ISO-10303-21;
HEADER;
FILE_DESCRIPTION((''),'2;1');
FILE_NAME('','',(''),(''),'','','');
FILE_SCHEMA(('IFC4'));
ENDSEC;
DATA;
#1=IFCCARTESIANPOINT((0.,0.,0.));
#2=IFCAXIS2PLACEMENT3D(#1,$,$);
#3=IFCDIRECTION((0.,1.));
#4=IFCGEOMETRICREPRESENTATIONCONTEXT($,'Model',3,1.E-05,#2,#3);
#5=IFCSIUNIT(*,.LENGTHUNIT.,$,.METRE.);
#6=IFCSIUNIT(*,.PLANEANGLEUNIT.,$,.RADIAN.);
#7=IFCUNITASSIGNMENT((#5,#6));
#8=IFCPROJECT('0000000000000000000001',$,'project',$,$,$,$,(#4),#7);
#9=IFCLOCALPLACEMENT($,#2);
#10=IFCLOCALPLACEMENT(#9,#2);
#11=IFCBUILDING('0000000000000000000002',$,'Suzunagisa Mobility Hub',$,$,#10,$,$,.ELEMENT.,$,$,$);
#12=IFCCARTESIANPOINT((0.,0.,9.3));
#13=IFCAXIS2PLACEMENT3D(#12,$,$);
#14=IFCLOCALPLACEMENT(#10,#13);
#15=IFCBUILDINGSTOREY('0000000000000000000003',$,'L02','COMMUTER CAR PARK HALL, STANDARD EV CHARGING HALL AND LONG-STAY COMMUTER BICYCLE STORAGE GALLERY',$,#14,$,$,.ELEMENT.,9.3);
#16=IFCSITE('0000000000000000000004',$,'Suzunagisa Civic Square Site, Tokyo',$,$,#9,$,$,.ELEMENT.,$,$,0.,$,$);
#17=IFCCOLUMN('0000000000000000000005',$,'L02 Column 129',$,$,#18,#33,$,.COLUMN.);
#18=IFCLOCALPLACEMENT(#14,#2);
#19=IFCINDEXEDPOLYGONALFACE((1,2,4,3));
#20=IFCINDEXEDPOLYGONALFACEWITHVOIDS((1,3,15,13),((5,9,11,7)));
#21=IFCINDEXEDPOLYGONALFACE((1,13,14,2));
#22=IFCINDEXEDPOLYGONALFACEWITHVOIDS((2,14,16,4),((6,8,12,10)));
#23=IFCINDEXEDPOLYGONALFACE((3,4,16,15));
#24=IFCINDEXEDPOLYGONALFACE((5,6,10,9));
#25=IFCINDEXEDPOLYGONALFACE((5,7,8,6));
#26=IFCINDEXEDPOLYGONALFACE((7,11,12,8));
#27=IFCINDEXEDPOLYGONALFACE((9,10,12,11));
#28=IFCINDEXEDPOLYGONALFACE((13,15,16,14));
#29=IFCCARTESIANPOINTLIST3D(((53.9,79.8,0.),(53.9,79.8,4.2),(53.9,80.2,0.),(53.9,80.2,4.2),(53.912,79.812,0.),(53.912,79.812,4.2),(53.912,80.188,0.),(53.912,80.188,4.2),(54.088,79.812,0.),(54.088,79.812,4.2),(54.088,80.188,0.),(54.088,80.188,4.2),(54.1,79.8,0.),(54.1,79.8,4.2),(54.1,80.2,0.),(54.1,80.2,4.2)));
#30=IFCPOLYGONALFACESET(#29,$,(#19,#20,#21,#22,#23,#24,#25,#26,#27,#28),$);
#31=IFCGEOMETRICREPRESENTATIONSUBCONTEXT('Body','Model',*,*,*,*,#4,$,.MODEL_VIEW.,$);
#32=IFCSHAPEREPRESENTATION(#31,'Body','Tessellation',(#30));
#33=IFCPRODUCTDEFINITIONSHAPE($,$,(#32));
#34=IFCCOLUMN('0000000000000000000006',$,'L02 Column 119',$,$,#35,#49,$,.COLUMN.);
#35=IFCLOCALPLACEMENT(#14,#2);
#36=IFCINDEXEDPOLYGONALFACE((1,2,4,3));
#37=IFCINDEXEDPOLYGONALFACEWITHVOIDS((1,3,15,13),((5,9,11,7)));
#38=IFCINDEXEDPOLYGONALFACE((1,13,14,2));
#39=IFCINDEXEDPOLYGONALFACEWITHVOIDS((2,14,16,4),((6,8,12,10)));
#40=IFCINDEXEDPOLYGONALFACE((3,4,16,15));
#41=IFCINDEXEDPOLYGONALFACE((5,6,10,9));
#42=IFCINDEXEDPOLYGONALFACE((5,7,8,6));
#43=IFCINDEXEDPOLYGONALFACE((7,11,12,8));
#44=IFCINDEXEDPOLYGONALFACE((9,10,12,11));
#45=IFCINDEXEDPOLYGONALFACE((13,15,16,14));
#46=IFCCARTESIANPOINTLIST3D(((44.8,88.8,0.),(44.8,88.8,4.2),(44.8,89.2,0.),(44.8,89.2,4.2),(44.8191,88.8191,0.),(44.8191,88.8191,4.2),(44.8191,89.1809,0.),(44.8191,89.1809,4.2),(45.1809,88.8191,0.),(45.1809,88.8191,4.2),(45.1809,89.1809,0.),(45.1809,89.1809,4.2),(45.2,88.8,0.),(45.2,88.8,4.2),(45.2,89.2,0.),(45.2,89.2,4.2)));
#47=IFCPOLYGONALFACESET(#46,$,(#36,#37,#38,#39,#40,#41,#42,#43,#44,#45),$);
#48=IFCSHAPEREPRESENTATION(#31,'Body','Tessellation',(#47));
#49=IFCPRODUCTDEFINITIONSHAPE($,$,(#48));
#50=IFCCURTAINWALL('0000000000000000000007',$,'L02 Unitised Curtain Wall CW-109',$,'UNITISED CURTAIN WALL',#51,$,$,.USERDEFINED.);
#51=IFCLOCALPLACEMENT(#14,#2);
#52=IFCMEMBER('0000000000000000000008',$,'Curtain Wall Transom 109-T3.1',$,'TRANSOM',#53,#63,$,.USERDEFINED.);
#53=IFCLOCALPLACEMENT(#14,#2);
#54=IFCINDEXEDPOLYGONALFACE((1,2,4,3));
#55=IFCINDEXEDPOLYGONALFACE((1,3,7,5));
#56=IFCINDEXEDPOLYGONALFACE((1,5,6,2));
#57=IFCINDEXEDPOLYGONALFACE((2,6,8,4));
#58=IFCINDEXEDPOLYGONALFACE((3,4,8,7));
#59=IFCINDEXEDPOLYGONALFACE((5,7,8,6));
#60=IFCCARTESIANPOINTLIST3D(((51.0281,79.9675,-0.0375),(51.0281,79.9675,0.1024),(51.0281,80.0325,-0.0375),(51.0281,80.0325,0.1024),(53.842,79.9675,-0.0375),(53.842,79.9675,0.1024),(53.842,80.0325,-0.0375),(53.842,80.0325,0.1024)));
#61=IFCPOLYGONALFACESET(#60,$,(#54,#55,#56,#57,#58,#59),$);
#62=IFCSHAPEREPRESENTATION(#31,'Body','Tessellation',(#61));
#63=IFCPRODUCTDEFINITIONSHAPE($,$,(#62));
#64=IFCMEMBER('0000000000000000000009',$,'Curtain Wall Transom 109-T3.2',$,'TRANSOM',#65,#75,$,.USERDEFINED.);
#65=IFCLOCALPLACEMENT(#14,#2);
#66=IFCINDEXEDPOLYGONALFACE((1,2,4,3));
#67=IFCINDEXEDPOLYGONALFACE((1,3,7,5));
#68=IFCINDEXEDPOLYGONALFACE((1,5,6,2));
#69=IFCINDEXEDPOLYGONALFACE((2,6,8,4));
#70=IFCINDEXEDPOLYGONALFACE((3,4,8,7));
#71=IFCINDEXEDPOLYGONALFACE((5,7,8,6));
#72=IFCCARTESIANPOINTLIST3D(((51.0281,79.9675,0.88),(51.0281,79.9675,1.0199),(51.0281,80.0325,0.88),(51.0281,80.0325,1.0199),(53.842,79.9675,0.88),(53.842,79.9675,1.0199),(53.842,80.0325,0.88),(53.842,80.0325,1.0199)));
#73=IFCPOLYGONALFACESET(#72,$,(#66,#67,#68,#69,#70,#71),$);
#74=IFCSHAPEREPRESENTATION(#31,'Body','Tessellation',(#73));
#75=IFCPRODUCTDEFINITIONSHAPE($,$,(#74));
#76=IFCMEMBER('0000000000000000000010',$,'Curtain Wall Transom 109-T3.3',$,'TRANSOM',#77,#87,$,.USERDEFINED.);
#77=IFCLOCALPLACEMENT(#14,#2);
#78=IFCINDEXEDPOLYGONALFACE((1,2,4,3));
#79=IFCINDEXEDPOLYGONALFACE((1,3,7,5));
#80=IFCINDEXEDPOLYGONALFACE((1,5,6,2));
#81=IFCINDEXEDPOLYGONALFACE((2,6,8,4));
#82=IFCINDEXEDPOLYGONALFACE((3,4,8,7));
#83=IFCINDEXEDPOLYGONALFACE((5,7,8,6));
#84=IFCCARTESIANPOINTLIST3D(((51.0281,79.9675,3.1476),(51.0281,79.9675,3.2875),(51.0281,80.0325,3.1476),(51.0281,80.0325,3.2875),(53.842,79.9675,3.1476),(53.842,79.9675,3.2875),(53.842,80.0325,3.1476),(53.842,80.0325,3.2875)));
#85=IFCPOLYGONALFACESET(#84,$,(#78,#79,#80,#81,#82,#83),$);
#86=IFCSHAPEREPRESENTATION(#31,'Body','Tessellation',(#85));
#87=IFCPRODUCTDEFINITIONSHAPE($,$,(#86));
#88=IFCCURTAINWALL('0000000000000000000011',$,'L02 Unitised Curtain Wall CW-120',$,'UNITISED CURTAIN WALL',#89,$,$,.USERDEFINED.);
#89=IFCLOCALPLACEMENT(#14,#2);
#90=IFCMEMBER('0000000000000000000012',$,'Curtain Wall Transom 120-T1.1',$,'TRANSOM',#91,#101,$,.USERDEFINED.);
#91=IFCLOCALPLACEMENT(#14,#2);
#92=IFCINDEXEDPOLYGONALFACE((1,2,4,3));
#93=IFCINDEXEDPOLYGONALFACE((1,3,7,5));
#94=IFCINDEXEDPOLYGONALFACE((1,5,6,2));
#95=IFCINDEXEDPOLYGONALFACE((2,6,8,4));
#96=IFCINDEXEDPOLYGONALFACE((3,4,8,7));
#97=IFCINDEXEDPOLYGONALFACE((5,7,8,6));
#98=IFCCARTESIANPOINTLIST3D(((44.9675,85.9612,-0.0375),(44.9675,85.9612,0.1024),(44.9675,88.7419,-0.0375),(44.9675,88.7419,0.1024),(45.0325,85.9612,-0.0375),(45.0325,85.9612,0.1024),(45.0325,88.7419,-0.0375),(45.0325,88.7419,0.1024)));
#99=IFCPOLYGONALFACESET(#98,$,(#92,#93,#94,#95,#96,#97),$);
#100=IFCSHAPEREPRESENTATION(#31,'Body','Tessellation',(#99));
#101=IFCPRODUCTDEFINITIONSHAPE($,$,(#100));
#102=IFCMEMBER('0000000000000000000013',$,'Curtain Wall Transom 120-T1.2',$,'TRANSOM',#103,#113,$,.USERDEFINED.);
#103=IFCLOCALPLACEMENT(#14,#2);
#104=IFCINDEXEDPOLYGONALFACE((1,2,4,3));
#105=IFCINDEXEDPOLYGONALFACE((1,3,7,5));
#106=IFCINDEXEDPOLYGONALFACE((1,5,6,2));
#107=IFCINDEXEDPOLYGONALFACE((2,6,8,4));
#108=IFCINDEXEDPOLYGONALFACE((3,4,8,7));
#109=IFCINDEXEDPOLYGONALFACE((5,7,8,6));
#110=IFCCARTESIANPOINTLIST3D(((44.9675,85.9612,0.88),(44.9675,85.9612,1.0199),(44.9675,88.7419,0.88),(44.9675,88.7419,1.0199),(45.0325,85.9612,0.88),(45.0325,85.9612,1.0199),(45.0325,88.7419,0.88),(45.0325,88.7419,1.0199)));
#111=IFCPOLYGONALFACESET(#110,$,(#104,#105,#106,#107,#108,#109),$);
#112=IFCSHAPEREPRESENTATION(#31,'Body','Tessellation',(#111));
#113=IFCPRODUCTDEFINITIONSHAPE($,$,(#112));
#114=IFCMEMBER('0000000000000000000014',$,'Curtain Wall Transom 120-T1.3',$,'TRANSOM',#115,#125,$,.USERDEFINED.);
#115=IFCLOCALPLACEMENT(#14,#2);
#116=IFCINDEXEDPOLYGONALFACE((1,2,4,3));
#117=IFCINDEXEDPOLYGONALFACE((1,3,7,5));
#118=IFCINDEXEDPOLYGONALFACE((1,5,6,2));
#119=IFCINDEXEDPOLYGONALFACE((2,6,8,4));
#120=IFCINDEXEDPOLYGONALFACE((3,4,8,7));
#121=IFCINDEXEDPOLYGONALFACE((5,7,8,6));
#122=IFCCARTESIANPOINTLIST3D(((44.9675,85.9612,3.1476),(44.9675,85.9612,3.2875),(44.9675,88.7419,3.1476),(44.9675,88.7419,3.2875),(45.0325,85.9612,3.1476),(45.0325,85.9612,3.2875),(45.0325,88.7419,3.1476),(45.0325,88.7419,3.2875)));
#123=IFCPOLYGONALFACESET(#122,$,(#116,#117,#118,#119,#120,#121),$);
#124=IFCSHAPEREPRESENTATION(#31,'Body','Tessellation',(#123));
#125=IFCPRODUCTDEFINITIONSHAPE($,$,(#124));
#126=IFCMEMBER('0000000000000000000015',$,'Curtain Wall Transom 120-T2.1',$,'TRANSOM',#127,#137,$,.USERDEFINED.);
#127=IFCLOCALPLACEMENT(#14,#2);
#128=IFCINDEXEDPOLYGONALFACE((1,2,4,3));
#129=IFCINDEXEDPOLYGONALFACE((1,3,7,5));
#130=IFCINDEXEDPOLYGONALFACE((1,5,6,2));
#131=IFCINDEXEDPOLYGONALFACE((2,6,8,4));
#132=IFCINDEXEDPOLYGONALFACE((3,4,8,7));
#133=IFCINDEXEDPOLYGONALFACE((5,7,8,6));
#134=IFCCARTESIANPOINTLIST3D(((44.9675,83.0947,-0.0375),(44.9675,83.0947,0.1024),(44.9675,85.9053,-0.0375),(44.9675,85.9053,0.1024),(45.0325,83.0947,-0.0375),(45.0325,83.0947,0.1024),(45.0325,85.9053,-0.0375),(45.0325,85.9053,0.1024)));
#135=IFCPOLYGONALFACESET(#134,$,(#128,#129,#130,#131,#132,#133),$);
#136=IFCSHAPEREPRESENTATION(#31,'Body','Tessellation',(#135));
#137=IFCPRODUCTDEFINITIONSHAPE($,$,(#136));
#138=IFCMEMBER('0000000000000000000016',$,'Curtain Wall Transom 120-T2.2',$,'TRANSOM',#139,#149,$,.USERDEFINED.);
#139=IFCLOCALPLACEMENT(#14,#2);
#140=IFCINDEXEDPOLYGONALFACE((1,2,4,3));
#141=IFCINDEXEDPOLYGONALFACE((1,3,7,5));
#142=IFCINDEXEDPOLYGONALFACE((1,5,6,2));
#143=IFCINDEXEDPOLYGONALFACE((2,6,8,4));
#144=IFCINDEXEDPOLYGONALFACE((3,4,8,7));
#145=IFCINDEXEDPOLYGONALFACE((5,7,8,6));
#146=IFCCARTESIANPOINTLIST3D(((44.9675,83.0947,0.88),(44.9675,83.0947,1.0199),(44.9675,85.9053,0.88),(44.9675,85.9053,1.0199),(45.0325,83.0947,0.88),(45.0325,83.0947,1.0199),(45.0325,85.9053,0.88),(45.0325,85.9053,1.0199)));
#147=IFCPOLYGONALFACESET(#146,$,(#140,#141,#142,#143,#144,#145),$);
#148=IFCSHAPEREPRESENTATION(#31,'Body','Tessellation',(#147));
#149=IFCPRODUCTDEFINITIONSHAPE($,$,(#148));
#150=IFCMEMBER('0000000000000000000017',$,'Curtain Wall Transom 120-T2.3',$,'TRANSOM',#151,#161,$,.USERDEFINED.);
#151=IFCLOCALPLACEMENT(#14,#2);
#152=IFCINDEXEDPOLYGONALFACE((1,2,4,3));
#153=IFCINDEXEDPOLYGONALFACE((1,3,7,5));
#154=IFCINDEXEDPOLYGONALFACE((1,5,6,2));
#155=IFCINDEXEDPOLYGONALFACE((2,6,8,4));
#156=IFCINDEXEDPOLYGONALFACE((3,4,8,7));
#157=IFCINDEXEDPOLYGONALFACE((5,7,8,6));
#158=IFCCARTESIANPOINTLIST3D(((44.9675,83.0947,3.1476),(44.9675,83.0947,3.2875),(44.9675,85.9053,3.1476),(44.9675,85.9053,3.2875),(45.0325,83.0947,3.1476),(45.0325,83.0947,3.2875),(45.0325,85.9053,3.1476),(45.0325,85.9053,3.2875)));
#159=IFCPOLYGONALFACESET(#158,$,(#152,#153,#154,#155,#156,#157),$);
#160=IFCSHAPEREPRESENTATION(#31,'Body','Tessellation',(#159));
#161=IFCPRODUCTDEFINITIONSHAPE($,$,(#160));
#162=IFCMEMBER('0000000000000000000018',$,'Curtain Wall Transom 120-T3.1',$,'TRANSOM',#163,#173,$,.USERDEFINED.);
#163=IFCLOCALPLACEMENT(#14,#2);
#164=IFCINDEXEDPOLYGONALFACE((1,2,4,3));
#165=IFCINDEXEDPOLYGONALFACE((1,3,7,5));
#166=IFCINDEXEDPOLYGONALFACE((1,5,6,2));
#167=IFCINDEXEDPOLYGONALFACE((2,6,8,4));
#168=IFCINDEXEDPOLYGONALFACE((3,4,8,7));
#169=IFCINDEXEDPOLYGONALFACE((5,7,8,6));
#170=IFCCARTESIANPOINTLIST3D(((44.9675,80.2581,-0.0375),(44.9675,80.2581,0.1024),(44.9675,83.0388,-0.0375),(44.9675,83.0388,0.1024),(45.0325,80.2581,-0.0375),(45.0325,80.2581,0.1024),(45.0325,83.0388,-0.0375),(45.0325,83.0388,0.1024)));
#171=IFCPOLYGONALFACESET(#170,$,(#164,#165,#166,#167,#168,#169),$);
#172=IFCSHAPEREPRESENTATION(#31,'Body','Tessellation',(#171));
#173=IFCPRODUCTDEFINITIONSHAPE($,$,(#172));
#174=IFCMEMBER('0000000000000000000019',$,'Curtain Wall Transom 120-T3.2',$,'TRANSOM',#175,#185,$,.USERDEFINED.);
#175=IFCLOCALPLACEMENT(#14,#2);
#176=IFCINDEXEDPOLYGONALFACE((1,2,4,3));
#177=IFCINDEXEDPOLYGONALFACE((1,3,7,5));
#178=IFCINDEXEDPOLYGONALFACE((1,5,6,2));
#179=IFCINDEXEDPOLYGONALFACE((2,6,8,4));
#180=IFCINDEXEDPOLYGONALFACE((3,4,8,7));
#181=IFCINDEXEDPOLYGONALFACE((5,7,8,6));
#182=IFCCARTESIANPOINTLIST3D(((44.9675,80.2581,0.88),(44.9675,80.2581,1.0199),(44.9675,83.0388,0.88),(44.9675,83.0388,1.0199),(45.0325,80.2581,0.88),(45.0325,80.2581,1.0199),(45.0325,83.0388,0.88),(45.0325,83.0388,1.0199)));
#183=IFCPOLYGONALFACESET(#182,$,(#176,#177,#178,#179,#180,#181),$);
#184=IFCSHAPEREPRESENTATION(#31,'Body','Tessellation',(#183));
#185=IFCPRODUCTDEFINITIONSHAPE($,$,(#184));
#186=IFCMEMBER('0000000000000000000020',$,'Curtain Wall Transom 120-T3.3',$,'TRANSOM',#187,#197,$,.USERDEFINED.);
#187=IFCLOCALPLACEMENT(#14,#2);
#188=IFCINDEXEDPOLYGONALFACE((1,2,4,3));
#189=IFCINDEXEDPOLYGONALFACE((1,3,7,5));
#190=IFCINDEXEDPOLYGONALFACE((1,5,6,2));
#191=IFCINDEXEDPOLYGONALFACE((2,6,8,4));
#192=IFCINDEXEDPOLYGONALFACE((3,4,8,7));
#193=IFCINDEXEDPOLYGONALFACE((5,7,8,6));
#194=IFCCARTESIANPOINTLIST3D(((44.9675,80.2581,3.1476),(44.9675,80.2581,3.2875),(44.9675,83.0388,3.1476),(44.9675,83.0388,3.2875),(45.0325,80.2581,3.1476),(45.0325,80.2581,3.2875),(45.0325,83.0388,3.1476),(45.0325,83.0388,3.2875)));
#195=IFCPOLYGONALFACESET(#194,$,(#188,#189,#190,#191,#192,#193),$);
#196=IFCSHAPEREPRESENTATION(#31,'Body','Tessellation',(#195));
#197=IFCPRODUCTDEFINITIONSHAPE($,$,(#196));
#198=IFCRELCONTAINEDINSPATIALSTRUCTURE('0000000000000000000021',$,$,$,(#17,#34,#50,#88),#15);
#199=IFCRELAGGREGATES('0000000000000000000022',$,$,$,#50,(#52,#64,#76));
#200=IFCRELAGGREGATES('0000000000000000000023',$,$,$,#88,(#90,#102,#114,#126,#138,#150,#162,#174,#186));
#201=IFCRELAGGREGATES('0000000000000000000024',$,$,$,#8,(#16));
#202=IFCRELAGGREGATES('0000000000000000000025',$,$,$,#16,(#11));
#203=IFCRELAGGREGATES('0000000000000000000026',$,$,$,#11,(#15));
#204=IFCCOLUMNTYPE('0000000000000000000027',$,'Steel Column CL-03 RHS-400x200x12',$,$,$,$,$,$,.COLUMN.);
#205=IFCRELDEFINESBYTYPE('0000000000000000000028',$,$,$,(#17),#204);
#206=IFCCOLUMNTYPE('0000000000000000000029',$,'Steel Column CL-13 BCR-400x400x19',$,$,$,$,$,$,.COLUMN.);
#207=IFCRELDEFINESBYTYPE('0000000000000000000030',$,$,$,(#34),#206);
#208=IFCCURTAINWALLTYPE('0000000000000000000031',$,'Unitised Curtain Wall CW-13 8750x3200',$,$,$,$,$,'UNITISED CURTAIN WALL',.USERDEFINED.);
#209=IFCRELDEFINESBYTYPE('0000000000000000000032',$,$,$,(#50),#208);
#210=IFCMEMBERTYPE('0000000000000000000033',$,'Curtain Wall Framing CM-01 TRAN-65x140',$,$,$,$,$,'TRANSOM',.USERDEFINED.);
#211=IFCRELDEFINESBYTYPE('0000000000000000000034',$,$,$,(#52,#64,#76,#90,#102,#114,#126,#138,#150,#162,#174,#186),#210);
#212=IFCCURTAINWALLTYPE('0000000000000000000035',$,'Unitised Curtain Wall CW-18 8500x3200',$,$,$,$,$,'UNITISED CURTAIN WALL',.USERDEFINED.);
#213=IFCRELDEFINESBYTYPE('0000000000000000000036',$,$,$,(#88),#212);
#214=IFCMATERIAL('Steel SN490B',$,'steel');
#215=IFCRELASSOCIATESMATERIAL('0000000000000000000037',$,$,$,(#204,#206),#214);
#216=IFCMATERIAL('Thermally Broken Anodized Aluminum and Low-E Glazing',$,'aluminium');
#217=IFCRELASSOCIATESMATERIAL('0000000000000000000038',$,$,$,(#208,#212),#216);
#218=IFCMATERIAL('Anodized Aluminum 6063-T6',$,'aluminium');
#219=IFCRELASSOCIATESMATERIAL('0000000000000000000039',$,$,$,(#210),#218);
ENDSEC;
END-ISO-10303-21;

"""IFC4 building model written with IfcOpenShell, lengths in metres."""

from ifc_helpers import new_model, si_unit, direction, frame, origin, origin_2d, place, context, subcontext, project, spatial, rectangle, hollow_rectangle, extrude, material, material_profile, profile_set, type_object, element, aggregate, save


model = new_model("IFC4")

# Units and contexts
model_context = context("Model", 3, precision=1e-05, world=origin(), true_north=direction((0.0, 1.0)))
body_context = subcontext(model_context, "Body", "Model", "MODEL_VIEW")
ifc_project = project(units=[si_unit("LENGTHUNIT", "METRE"), si_unit("PLANEANGLEUNIT", "RADIAN")], contexts=[model_context])

# Site, building, storey
site_placement = place(None, origin())
site = spatial("IfcSite", under=ifc_project, at=site_placement, Name="Suzunagisa Civic Square Site, Tokyo", CompositionType="ELEMENT", RefElevation=0.0)
building_placement = place(site_placement, origin())
building = spatial("IfcBuilding", under=site, at=building_placement, Name="Suzunagisa Mobility Hub", CompositionType="ELEMENT")
storey_placement = place(building_placement, frame((0.0, 0.0, 9.3)))
storey = spatial("IfcBuildingStorey", under=building, at=storey_placement, Name="L02", Description="COMMUTER CAR PARK HALL, STANDARD EV CHARGING HALL AND LONG-STAY COMMUTER BICYCLE STORAGE GALLERY", CompositionType="ELEMENT", Elevation=9.3)

# Columns
ifc_material_1 = material(Name="Steel SN490B", Category="steel")
ifc_material_profile_1 = material_profile(ifc_material_1, hollow_rectangle(XDim=0.2, YDim=0.3999, WallThickness=0.012, at=origin_2d()), Name="RHS-400x200x12")
ifc_profile_set_1 = profile_set([ifc_material_profile_1], Name="Steel SN490B")
column_type_1 = type_object("IfcColumnType", Name="Steel Column CL-03 RHS-400x200x12", PredefinedType="COLUMN", material=ifc_profile_set_1)
column_1_placement = place(storey_placement, frame((54.0, 80.0, 0.0), z_axis=(0.0, 0.0, 1.0), x_axis=(1.0, 0.0, 0.0)))
element("IfcColumn", 1, at=column_1_placement, inside=storey, type_object=column_type_1, Name="L02 Column 129", PredefinedType="COLUMN", context=body_context, shape_type="SweptSolid", body=[
    extrude(hollow_rectangle(XDim=0.2, YDim=0.3999, WallThickness=0.012, at=origin_2d()), origin(), (0.0, 0.0, 1.0), 4.2),
])
ifc_material_profile_2 = material_profile(ifc_material_1, hollow_rectangle(XDim=0.3999, YDim=0.3999, WallThickness=0.019, at=origin_2d()), Name="BCR-400x400x19")
ifc_profile_set_2 = profile_set([ifc_material_profile_2], Name="Steel SN490B")
column_type_2 = type_object("IfcColumnType", Name="Steel Column CL-13 BCR-400x400x19", PredefinedType="COLUMN", material=ifc_profile_set_2)
column_2_placement = place(storey_placement, frame((45.0, 89.0, 0.0), z_axis=(0.0, 0.0, 1.0), x_axis=(1.0, 0.0, 0.0)))
element("IfcColumn", 2, at=column_2_placement, inside=storey, type_object=column_type_2, Name="L02 Column 119", PredefinedType="COLUMN", context=body_context, shape_type="SweptSolid", body=[
    extrude(hollow_rectangle(XDim=0.3999, YDim=0.3999, WallThickness=0.019, at=origin_2d()), origin(), (0.0, 0.0, 1.0), 4.2),
])

# Curtain walls, members
ifc_material_2 = material(Name="Thermally Broken Anodized Aluminum and Low-E Glazing", Category="aluminium")
curtain_wall_type_1 = type_object("IfcCurtainWallType", Name="Unitised Curtain Wall CW-13 8750x3200", ElementType="UNITISED CURTAIN WALL", PredefinedType="USERDEFINED", material=ifc_material_2)
curtain_wall_1_placement = place(storey_placement, origin())
curtain_wall_1 = element("IfcCurtainWall", 3, at=curtain_wall_1_placement, inside=storey, type_object=curtain_wall_type_1, Name="L02 Unitised Curtain Wall CW-109", ObjectType="UNITISED CURTAIN WALL", PredefinedType="USERDEFINED")
ifc_material_3 = material(Name="Anodized Aluminum 6063-T6", Category="aluminium")
ifc_material_profile_3 = material_profile(ifc_material_3, rectangle(XDim=0.0649, YDim=0.1399, at=origin_2d()), Name="TRAN-65x140")
ifc_profile_set_3 = profile_set([ifc_material_profile_3], Name="Anodized Aluminum 6063-T6")
member_type_1 = type_object("IfcMemberType", Name="Curtain Wall Framing CM-01 TRAN-65x140", ElementType="TRANSOM", PredefinedType="USERDEFINED", material=ifc_profile_set_3)
member_1_placement = place(storey_placement, frame((51.0281, 80.0, 0.0325), z_axis=(1.0, 0.0, 0.0), x_axis=(0.0, 1.0, 0.0)))
member_1 = element("IfcMember", 4, at=member_1_placement, type_object=member_type_1, Name="Curtain Wall Transom 109-T3.1", ObjectType="TRANSOM", PredefinedType="USERDEFINED", context=body_context, shape_type="SweptSolid", body=[
    extrude(rectangle(XDim=0.0649, YDim=0.1399, at=origin_2d()), origin(), (0.0, 0.0, 1.0), 2.814),
])
member_2_placement = place(storey_placement, frame((51.0281, 80.0, 0.95), z_axis=(1.0, 0.0, 0.0), x_axis=(0.0, 1.0, 0.0)))
member_2 = element("IfcMember", 5, at=member_2_placement, type_object=member_type_1, Name="Curtain Wall Transom 109-T3.2", ObjectType="TRANSOM", PredefinedType="USERDEFINED", context=body_context, shape_type="SweptSolid", body=[
    extrude(rectangle(XDim=0.0649, YDim=0.1399, at=origin_2d()), origin(), (0.0, 0.0, 1.0), 2.814),
])
member_3_placement = place(storey_placement, frame((51.0281, 80.0, 3.2175), z_axis=(1.0, 0.0, 0.0), x_axis=(0.0, 1.0, 0.0)))
member_3 = element("IfcMember", 6, at=member_3_placement, type_object=member_type_1, Name="Curtain Wall Transom 109-T3.3", ObjectType="TRANSOM", PredefinedType="USERDEFINED", context=body_context, shape_type="SweptSolid", body=[
    extrude(rectangle(XDim=0.0649, YDim=0.1399, at=origin_2d()), origin(), (0.0, 0.0, 1.0), 2.814),
])
curtain_wall_type_2 = type_object("IfcCurtainWallType", Name="Unitised Curtain Wall CW-18 8500x3200", ElementType="UNITISED CURTAIN WALL", PredefinedType="USERDEFINED", material=ifc_material_2)
curtain_wall_2_placement = place(storey_placement, origin())
curtain_wall_2 = element("IfcCurtainWall", 7, at=curtain_wall_2_placement, inside=storey, type_object=curtain_wall_type_2, Name="L02 Unitised Curtain Wall CW-120", ObjectType="UNITISED CURTAIN WALL", PredefinedType="USERDEFINED")
member_4_placement = place(storey_placement, frame((45.0, 88.7419, 0.0325), z_axis=(0.0, -1.0, 0.0), x_axis=(1.0, 0.0, 0.0)))
member_4 = element("IfcMember", 8, at=member_4_placement, type_object=member_type_1, Name="Curtain Wall Transom 120-T1.1", ObjectType="TRANSOM", PredefinedType="USERDEFINED", context=body_context, shape_type="SweptSolid", body=[
    extrude(rectangle(XDim=0.0649, YDim=0.1399, at=origin_2d()), origin(), (0.0, 0.0, 1.0), 2.7808),
])
member_5_placement = place(storey_placement, frame((45.0, 88.7419, 0.95), z_axis=(0.0, -1.0, 0.0), x_axis=(1.0, 0.0, 0.0)))
member_5 = element("IfcMember", 9, at=member_5_placement, type_object=member_type_1, Name="Curtain Wall Transom 120-T1.2", ObjectType="TRANSOM", PredefinedType="USERDEFINED", context=body_context, shape_type="SweptSolid", body=[
    extrude(rectangle(XDim=0.0649, YDim=0.1399, at=origin_2d()), origin(), (0.0, 0.0, 1.0), 2.7808),
])
member_6_placement = place(storey_placement, frame((45.0, 88.7419, 3.2175), z_axis=(0.0, -1.0, 0.0), x_axis=(1.0, 0.0, 0.0)))
member_6 = element("IfcMember", 10, at=member_6_placement, type_object=member_type_1, Name="Curtain Wall Transom 120-T1.3", ObjectType="TRANSOM", PredefinedType="USERDEFINED", context=body_context, shape_type="SweptSolid", body=[
    extrude(rectangle(XDim=0.0649, YDim=0.1399, at=origin_2d()), origin(), (0.0, 0.0, 1.0), 2.7808),
])
member_7_placement = place(storey_placement, frame((45.0, 85.9053, 0.0325), z_axis=(0.0, -1.0, 0.0), x_axis=(1.0, 0.0, 0.0)))
member_7 = element("IfcMember", 11, at=member_7_placement, type_object=member_type_1, Name="Curtain Wall Transom 120-T2.1", ObjectType="TRANSOM", PredefinedType="USERDEFINED", context=body_context, shape_type="SweptSolid", body=[
    extrude(rectangle(XDim=0.0649, YDim=0.1399, at=origin_2d()), origin(), (0.0, 0.0, 1.0), 2.8105),
])
member_8_placement = place(storey_placement, frame((45.0, 85.9053, 0.95), z_axis=(0.0, -1.0, 0.0), x_axis=(1.0, 0.0, 0.0)))
member_8 = element("IfcMember", 12, at=member_8_placement, type_object=member_type_1, Name="Curtain Wall Transom 120-T2.2", ObjectType="TRANSOM", PredefinedType="USERDEFINED", context=body_context, shape_type="SweptSolid", body=[
    extrude(rectangle(XDim=0.0649, YDim=0.1399, at=origin_2d()), origin(), (0.0, 0.0, 1.0), 2.8105),
])
member_9_placement = place(storey_placement, frame((45.0, 85.9053, 3.2175), z_axis=(0.0, -1.0, 0.0), x_axis=(1.0, 0.0, 0.0)))
member_9 = element("IfcMember", 13, at=member_9_placement, type_object=member_type_1, Name="Curtain Wall Transom 120-T2.3", ObjectType="TRANSOM", PredefinedType="USERDEFINED", context=body_context, shape_type="SweptSolid", body=[
    extrude(rectangle(XDim=0.0649, YDim=0.1399, at=origin_2d()), origin(), (0.0, 0.0, 1.0), 2.8105),
])
member_10_placement = place(storey_placement, frame((45.0, 83.0388, 0.0325), z_axis=(0.0, -1.0, 0.0), x_axis=(1.0, 0.0, 0.0)))
member_10 = element("IfcMember", 14, at=member_10_placement, type_object=member_type_1, Name="Curtain Wall Transom 120-T3.1", ObjectType="TRANSOM", PredefinedType="USERDEFINED", context=body_context, shape_type="SweptSolid", body=[
    extrude(rectangle(XDim=0.0649, YDim=0.1399, at=origin_2d()), origin(), (0.0, 0.0, 1.0), 2.7808),
])
member_11_placement = place(storey_placement, frame((45.0, 83.0388, 0.95), z_axis=(0.0, -1.0, 0.0), x_axis=(1.0, 0.0, 0.0)))
member_11 = element("IfcMember", 15, at=member_11_placement, type_object=member_type_1, Name="Curtain Wall Transom 120-T3.2", ObjectType="TRANSOM", PredefinedType="USERDEFINED", context=body_context, shape_type="SweptSolid", body=[
    extrude(rectangle(XDim=0.0649, YDim=0.1399, at=origin_2d()), origin(), (0.0, 0.0, 1.0), 2.7808),
])
member_12_placement = place(storey_placement, frame((45.0, 83.0388, 3.2175), z_axis=(0.0, -1.0, 0.0), x_axis=(1.0, 0.0, 0.0)))
member_12 = element("IfcMember", 16, at=member_12_placement, type_object=member_type_1, Name="Curtain Wall Transom 120-T3.3", ObjectType="TRANSOM", PredefinedType="USERDEFINED", context=body_context, shape_type="SweptSolid", body=[
    extrude(rectangle(XDim=0.0649, YDim=0.1399, at=origin_2d()), origin(), (0.0, 0.0, 1.0), 2.7808),
])

aggregate(curtain_wall_1, [member_1, member_2, member_3])
aggregate(curtain_wall_2, [member_4, member_5, member_6, member_7, member_8, member_9, member_10, member_11, member_12])

save(model, "model.ifc")
